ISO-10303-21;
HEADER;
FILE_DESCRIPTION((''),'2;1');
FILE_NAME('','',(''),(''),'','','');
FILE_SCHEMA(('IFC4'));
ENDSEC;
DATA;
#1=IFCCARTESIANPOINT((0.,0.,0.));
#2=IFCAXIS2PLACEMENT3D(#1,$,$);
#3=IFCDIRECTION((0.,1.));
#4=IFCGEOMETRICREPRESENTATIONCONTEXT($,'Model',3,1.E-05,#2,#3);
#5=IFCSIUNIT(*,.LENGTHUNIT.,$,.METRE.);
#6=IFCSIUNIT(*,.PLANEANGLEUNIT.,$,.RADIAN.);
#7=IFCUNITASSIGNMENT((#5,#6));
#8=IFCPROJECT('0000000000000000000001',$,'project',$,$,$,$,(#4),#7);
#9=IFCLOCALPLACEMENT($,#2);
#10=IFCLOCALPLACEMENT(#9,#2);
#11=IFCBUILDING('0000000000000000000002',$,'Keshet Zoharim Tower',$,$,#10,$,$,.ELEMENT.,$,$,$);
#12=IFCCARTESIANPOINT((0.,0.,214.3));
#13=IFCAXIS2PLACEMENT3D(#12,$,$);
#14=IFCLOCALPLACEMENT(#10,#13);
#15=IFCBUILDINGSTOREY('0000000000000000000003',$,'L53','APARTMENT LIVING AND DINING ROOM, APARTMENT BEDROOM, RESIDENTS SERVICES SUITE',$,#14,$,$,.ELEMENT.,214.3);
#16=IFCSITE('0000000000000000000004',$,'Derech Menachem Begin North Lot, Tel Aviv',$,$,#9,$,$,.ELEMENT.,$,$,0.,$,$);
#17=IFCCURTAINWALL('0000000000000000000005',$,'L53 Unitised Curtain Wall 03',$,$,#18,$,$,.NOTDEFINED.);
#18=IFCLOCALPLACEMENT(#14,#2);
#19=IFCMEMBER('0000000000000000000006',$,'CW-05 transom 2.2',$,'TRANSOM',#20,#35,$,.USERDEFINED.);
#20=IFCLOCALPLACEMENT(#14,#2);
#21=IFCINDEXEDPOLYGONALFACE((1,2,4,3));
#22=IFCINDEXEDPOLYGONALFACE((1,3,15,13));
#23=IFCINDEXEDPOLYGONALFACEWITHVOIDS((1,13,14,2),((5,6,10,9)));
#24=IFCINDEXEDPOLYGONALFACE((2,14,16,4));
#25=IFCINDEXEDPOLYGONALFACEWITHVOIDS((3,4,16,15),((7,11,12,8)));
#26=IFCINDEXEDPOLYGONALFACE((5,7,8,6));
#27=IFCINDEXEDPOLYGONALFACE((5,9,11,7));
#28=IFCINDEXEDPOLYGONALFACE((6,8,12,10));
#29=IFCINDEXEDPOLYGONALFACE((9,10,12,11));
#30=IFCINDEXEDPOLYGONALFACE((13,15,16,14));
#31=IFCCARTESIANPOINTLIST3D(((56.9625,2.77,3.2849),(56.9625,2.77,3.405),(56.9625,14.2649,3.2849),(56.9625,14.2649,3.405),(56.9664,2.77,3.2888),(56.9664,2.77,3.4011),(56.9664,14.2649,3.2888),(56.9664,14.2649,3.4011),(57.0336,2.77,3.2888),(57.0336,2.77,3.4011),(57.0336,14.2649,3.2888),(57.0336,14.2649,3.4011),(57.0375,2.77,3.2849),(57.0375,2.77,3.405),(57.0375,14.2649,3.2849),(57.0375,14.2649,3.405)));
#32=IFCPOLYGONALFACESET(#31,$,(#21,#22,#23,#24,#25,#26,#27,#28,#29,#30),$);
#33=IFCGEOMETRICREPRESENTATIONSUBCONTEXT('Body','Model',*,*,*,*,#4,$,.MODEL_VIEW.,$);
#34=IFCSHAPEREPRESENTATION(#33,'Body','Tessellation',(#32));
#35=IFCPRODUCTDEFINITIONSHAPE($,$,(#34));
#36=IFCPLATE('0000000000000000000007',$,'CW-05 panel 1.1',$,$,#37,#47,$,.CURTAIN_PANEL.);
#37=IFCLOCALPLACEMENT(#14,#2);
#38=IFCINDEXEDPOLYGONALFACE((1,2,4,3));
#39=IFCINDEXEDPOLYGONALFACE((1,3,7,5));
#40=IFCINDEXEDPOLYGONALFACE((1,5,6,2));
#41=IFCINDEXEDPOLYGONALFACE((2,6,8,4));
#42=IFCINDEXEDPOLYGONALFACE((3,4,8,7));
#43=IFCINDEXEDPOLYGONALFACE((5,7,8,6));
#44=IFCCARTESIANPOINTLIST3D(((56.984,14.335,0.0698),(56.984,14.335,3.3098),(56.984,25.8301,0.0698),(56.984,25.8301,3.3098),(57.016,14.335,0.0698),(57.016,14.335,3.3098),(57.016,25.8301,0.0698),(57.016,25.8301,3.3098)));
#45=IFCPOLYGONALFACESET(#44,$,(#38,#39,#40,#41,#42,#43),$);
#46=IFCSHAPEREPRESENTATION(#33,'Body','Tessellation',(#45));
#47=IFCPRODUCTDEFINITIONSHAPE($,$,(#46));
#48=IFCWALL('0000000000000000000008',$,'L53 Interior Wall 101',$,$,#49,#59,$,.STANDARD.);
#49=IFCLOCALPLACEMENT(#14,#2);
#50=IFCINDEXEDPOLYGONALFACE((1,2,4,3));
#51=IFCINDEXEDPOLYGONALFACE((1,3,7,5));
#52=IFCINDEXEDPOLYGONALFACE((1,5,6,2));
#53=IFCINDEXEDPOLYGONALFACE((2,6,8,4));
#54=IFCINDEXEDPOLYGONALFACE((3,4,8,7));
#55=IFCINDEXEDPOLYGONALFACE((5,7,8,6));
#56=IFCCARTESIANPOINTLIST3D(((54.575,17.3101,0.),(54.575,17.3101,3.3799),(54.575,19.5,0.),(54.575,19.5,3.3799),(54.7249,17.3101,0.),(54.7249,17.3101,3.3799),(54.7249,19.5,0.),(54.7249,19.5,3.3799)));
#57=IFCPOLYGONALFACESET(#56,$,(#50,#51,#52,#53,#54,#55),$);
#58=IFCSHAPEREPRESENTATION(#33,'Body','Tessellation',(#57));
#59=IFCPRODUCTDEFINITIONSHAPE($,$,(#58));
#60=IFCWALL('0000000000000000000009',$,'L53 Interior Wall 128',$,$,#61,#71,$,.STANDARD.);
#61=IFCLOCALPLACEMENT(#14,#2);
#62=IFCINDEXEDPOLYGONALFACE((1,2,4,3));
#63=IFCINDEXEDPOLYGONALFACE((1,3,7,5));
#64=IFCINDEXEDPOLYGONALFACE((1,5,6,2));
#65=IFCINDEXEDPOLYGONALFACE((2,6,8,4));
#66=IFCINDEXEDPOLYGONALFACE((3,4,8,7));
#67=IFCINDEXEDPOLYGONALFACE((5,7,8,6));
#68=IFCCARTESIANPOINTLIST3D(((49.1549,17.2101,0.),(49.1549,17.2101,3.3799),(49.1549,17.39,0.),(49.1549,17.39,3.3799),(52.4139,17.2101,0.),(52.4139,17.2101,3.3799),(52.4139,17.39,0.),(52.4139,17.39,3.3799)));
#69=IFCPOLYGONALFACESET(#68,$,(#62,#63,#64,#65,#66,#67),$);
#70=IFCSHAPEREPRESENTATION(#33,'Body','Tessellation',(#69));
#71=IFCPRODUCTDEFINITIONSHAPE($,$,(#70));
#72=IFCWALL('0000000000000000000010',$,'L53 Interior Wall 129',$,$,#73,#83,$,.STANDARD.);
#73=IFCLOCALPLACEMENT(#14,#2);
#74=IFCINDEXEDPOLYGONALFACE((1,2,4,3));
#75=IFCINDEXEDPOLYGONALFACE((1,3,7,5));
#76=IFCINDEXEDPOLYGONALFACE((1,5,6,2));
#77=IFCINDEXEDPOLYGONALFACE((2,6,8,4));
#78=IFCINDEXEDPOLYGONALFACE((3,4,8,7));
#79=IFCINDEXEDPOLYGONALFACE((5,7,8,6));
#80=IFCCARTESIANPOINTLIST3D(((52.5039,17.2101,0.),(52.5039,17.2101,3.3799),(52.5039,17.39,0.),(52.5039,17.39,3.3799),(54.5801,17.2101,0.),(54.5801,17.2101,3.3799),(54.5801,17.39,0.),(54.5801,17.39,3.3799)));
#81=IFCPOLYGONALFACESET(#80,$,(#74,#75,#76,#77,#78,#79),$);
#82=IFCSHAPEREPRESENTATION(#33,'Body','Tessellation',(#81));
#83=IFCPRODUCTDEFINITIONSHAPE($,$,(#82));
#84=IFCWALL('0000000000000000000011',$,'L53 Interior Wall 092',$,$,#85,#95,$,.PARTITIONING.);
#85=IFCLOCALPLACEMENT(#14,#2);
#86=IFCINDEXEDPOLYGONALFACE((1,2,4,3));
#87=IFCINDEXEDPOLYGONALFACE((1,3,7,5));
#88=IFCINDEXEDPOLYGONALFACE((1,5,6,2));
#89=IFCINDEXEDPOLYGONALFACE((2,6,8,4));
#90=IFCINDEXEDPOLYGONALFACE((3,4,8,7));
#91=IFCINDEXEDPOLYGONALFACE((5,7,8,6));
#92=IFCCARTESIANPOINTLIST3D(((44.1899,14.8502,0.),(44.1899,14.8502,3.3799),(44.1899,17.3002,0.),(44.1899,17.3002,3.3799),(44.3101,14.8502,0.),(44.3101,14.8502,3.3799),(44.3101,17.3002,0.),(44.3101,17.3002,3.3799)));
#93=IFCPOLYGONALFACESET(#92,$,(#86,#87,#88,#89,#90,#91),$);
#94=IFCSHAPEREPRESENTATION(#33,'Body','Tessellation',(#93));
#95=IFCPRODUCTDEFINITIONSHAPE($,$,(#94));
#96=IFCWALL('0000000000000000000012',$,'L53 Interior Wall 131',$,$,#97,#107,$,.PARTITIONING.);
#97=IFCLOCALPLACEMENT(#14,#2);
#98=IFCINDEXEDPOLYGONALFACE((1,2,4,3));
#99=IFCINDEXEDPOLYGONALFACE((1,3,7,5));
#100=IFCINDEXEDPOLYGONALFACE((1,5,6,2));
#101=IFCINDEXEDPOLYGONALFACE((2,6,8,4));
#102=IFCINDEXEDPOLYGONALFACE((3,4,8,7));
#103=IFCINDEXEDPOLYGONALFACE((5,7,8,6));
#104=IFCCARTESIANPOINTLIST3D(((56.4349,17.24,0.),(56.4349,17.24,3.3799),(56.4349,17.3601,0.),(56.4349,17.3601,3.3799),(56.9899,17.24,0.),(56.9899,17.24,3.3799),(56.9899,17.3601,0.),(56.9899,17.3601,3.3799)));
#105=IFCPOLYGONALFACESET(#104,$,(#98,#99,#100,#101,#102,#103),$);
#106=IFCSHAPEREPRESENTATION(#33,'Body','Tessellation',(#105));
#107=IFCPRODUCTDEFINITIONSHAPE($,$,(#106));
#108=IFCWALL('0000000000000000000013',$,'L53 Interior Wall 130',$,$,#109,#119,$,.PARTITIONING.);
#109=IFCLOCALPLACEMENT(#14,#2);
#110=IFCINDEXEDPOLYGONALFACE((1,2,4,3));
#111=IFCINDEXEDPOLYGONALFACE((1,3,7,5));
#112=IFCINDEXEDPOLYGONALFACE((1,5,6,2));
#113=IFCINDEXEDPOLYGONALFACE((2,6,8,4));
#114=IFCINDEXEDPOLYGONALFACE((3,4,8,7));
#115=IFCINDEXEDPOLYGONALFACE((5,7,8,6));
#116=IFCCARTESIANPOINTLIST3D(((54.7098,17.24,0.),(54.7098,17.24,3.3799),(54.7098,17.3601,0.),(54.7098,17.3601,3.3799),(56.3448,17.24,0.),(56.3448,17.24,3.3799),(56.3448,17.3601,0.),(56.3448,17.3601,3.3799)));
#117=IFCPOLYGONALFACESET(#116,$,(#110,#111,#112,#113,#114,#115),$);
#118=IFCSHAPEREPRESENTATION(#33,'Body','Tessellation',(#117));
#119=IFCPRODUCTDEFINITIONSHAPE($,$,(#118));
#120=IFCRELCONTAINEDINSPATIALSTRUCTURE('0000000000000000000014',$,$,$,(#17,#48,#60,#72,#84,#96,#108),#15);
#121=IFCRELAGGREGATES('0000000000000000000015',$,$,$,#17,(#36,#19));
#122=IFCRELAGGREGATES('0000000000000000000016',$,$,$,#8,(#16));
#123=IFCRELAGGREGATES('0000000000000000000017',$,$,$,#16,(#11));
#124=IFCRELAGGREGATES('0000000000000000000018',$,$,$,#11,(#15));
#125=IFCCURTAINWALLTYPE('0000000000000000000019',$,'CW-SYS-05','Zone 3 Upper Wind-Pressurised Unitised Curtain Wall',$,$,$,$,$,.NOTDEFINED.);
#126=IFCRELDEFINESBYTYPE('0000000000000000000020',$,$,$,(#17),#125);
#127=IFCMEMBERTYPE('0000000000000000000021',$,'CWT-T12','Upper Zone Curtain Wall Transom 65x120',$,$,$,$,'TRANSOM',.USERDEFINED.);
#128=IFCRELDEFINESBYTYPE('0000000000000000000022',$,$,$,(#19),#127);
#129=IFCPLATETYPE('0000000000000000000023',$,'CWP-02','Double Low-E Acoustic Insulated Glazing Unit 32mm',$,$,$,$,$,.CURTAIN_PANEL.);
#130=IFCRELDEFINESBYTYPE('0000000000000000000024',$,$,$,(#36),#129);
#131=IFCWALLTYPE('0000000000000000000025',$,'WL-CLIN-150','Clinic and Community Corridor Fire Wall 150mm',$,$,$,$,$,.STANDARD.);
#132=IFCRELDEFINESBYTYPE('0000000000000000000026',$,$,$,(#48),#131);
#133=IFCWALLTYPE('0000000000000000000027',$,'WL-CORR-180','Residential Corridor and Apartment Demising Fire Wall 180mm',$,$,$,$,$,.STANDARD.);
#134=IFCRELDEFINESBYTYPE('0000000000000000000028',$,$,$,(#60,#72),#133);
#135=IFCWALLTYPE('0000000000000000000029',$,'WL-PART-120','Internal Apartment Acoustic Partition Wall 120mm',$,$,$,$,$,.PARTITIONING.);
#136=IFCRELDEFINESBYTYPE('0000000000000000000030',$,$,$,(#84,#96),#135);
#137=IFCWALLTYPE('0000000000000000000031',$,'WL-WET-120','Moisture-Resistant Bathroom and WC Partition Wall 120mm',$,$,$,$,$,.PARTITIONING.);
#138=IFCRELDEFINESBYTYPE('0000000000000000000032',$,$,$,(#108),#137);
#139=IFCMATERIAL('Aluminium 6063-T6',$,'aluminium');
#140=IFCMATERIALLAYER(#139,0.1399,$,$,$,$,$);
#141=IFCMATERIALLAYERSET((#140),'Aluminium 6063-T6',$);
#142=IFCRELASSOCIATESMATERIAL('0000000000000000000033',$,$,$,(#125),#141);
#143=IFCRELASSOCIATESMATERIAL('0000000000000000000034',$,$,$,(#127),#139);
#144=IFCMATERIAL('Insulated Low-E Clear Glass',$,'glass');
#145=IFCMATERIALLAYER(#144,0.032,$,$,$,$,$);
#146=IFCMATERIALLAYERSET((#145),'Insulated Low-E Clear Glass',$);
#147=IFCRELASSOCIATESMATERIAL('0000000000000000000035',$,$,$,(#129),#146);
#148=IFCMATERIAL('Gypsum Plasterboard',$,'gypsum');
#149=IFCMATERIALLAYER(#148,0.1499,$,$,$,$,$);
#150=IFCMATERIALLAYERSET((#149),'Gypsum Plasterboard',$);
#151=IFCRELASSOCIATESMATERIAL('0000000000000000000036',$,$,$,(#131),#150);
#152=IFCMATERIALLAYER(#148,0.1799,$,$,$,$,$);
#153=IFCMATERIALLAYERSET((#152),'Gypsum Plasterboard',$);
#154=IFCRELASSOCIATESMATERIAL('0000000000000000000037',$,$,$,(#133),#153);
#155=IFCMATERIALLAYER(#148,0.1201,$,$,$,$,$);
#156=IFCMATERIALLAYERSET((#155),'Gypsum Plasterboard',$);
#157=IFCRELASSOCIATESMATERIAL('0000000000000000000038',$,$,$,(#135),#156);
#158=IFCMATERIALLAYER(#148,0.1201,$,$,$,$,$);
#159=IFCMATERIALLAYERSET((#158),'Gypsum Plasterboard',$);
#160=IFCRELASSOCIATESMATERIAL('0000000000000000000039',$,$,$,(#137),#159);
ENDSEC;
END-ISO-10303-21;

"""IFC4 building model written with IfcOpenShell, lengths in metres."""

from ifc_helpers import new_model, si_unit, direction, frame, frame_2d, origin, origin_2d, place, context, subcontext, project, spatial, rectangle, hollow_rectangle, extrude, material, layer, layer_set, material_profile, profile_set, type_object, element, aggregate, save


model = new_model("IFC4")

# Units and contexts
model_context = context("Model", 3, precision=1e-05, world=origin(), true_north=direction((0.0, 1.0)))
body_context = subcontext(model_context, "Body", "Model", "MODEL_VIEW")
ifc_project = project(units=[si_unit("LENGTHUNIT", "METRE"), si_unit("PLANEANGLEUNIT", "RADIAN")], contexts=[model_context])

# Site, building, storey
site_placement = place(None, origin())
site = spatial("IfcSite", under=ifc_project, at=site_placement, Name="Derech Menachem Begin North Lot, Tel Aviv", CompositionType="ELEMENT", RefElevation=0.0)
building_placement = place(site_placement, origin())
building = spatial("IfcBuilding", under=site, at=building_placement, Name="Keshet Zoharim Tower", CompositionType="ELEMENT")
storey_placement = place(building_placement, frame((0.0, 0.0, 214.3)))
storey = spatial("IfcBuildingStorey", under=building, at=storey_placement, Name="L53", Description="APARTMENT LIVING AND DINING ROOM, APARTMENT BEDROOM, RESIDENTS SERVICES SUITE", CompositionType="ELEMENT", Elevation=214.3)

# Curtain wall, member, plate
ifc_material_1 = material(Name="Aluminium 6063-T6", Category="aluminium")
ifc_layer_1 = layer(ifc_material_1, 0.1399)
ifc_layer_set_1 = layer_set([ifc_layer_1], Name="Aluminium 6063-T6")
curtain_wall_type = type_object("IfcCurtainWallType", Name="CW-SYS-05", Description="Zone 3 Upper Wind-Pressurised Unitised Curtain Wall", PredefinedType="NOTDEFINED", material=ifc_layer_set_1)
curtain_wall_placement = place(storey_placement, origin())
curtain_wall = element("IfcCurtainWall", 1, at=curtain_wall_placement, inside=storey, type_object=curtain_wall_type, Name="L53 Unitised Curtain Wall 03", PredefinedType="NOTDEFINED")
ifc_material_profile_1 = material_profile(ifc_material_1, hollow_rectangle(XDim=0.075, YDim=0.1201, WallThickness=0.0039, at=origin_2d()), Name="TRN-75x120")
ifc_profile_set_1 = profile_set([ifc_material_profile_1], Name="Aluminium 6063-T6")
member_type_1 = type_object("IfcMemberType", Name="CWT-T12", Description="Upper Zone Curtain Wall Transom 65x120", ElementType="TRANSOM", PredefinedType="USERDEFINED", material=ifc_profile_set_1)
member_1_placement = place(storey_placement, frame((57.0, 14.2649, 3.345), z_axis=(0.0, -1.0, 0.0), x_axis=(1.0, 0.0, 0.0)))
member_1 = element("IfcMember", 2, at=member_1_placement, type_object=member_type_1, Name="CW-05 transom 2.2", ObjectType="TRANSOM", PredefinedType="USERDEFINED", context=body_context, shape_type="SweptSolid", body=[
    extrude(hollow_rectangle(XDim=0.075, YDim=0.1201, WallThickness=0.0039, at=origin_2d()), origin(), (0.0, 0.0, 1.0), 11.4949),
])
ifc_material_2 = material(Name="Insulated Low-E Clear Glass", Category="glass")
ifc_layer_2 = layer(ifc_material_2, 0.032)
ifc_layer_set_2 = layer_set([ifc_layer_2], Name="Insulated Low-E Clear Glass")
plate_type = type_object("IfcPlateType", Name="CWP-02", Description="Double Low-E Acoustic Insulated Glazing Unit 32mm", PredefinedType="CURTAIN_PANEL", material=ifc_layer_set_2)
plate_placement = place(storey_placement, frame((57.0, 20.0825, 0.0698), z_axis=(0.0, 0.0, 1.0), x_axis=(0.0, -1.0, 0.0)))
plate = element("IfcPlate", 3, at=plate_placement, type_object=plate_type, Name="CW-05 panel 1.1", PredefinedType="CURTAIN_PANEL", context=body_context, shape_type="SweptSolid", body=[
    extrude(rectangle(XDim=11.4951, YDim=0.032, at=origin_2d()), origin(), (0.0, 0.0, 1.0), 3.24),
])
aggregate(curtain_wall, [plate, member_1])

# Wall
ifc_material_3 = material(Name="Gypsum Plasterboard", Category="gypsum")
ifc_layer_3 = layer(ifc_material_3, 0.1499)
ifc_layer_set_3 = layer_set([ifc_layer_3], Name="Gypsum Plasterboard")
wall_type_1 = type_object("IfcWallType", Name="WL-CLIN-150", Description="Clinic and Community Corridor Fire Wall 150mm", PredefinedType="STANDARD", material=ifc_layer_set_3)
wall_1_placement = place(storey_placement, frame((54.6499, 17.3101, 0.0), z_axis=(0.0, 0.0, 1.0), x_axis=(0.0, 1.0, 0.0)))
element("IfcWall", 4, at=wall_1_placement, inside=storey, type_object=wall_type_1, Name="L53 Interior Wall 101", PredefinedType="STANDARD", context=body_context, shape_type="SweptSolid", body=[
    extrude(rectangle(XDim=2.1899, YDim=0.1499, at=frame_2d((1.095, 0.0))), origin(), (0.0, 0.0, 1.0), 3.3799),
])

# Shared definitions
ifc_layer_4 = layer(ifc_material_3, 0.1799)
ifc_layer_set_4 = layer_set([ifc_layer_4], Name="Gypsum Plasterboard")
wall_type_2 = type_object("IfcWallType", Name="WL-CORR-180", Description="Residential Corridor and Apartment Demising Fire Wall 180mm", PredefinedType="STANDARD", material=ifc_layer_set_4)

# Walls
wall_2_placement = place(storey_placement, frame((49.155, 17.3, 0.0), z_axis=(0.0, 0.0, 1.0), x_axis=(1.0, 0.0, 0.0)))
element("IfcWall", 5, at=wall_2_placement, inside=storey, type_object=wall_type_2, Name="L53 Interior Wall 128", PredefinedType="STANDARD", context=body_context, shape_type="SweptSolid", body=[
    extrude(rectangle(XDim=3.259, YDim=0.1799, at=frame_2d((1.6294, 0.0))), origin(), (0.0, 0.0, 1.0), 3.3799),
])
wall_3_placement = place(storey_placement, frame((52.5039, 17.3, 0.0), z_axis=(0.0, 0.0, 1.0), x_axis=(1.0, 0.0, 0.0)))
element("IfcWall", 6, at=wall_3_placement, inside=storey, type_object=wall_type_2, Name="L53 Interior Wall 129", PredefinedType="STANDARD", context=body_context, shape_type="SweptSolid", body=[
    extrude(rectangle(XDim=2.0762, YDim=0.1799, at=frame_2d((1.0381, 0.0))), origin(), (0.0, 0.0, 1.0), 3.3799),
])
ifc_layer_5 = layer(ifc_material_3, 0.1201)
ifc_layer_set_5 = layer_set([ifc_layer_5], Name="Gypsum Plasterboard")
wall_type_3 = type_object("IfcWallType", Name="WL-PART-120", Description="Internal Apartment Acoustic Partition Wall 120mm", PredefinedType="PARTITIONING", material=ifc_layer_set_5)
wall_4_placement = place(storey_placement, frame((44.25, 14.8501, 0.0), z_axis=(0.0, 0.0, 1.0), x_axis=(0.0, 1.0, 0.0)))
element("IfcWall", 7, at=wall_4_placement, inside=storey, type_object=wall_type_3, Name="L53 Interior Wall 092", PredefinedType="PARTITIONING", context=body_context, shape_type="SweptSolid", body=[
    extrude(rectangle(XDim=2.45, YDim=0.1201, at=frame_2d((1.2251, 0.0))), origin(), (0.0, 0.0, 1.0), 3.3799),
])

# Walls
wall_5_placement = place(storey_placement, frame((56.4351, 17.3, 0.0), z_axis=(0.0, 0.0, 1.0), x_axis=(1.0, 0.0, 0.0)))
element("IfcWall", 8, at=wall_5_placement, inside=storey, type_object=wall_type_3, Name="L53 Interior Wall 131", PredefinedType="PARTITIONING", context=body_context, shape_type="SweptSolid", body=[
    extrude(rectangle(XDim=0.5549, YDim=0.1201, at=frame_2d((0.2773, 0.0))), origin(), (0.0, 0.0, 1.0), 3.3799),
])
ifc_layer_6 = layer(ifc_material_3, 0.1201)
ifc_layer_set_6 = layer_set([ifc_layer_6], Name="Gypsum Plasterboard")
wall_type_4 = type_object("IfcWallType", Name="WL-WET-120", Description="Moisture-Resistant Bathroom and WC Partition Wall 120mm", PredefinedType="PARTITIONING", material=ifc_layer_set_6)
wall_6_placement = place(storey_placement, frame((54.71, 17.3, 0.0), z_axis=(0.0, 0.0, 1.0), x_axis=(1.0, 0.0, 0.0)))
element("IfcWall", 9, at=wall_6_placement, inside=storey, type_object=wall_type_4, Name="L53 Interior Wall 130", PredefinedType="PARTITIONING", context=body_context, shape_type="SweptSolid", body=[
    extrude(rectangle(XDim=1.635, YDim=0.1201, at=frame_2d((0.8174, 0.0))), origin(), (0.0, 0.0, 1.0), 3.3799),
])

save(model, "model.ifc")
